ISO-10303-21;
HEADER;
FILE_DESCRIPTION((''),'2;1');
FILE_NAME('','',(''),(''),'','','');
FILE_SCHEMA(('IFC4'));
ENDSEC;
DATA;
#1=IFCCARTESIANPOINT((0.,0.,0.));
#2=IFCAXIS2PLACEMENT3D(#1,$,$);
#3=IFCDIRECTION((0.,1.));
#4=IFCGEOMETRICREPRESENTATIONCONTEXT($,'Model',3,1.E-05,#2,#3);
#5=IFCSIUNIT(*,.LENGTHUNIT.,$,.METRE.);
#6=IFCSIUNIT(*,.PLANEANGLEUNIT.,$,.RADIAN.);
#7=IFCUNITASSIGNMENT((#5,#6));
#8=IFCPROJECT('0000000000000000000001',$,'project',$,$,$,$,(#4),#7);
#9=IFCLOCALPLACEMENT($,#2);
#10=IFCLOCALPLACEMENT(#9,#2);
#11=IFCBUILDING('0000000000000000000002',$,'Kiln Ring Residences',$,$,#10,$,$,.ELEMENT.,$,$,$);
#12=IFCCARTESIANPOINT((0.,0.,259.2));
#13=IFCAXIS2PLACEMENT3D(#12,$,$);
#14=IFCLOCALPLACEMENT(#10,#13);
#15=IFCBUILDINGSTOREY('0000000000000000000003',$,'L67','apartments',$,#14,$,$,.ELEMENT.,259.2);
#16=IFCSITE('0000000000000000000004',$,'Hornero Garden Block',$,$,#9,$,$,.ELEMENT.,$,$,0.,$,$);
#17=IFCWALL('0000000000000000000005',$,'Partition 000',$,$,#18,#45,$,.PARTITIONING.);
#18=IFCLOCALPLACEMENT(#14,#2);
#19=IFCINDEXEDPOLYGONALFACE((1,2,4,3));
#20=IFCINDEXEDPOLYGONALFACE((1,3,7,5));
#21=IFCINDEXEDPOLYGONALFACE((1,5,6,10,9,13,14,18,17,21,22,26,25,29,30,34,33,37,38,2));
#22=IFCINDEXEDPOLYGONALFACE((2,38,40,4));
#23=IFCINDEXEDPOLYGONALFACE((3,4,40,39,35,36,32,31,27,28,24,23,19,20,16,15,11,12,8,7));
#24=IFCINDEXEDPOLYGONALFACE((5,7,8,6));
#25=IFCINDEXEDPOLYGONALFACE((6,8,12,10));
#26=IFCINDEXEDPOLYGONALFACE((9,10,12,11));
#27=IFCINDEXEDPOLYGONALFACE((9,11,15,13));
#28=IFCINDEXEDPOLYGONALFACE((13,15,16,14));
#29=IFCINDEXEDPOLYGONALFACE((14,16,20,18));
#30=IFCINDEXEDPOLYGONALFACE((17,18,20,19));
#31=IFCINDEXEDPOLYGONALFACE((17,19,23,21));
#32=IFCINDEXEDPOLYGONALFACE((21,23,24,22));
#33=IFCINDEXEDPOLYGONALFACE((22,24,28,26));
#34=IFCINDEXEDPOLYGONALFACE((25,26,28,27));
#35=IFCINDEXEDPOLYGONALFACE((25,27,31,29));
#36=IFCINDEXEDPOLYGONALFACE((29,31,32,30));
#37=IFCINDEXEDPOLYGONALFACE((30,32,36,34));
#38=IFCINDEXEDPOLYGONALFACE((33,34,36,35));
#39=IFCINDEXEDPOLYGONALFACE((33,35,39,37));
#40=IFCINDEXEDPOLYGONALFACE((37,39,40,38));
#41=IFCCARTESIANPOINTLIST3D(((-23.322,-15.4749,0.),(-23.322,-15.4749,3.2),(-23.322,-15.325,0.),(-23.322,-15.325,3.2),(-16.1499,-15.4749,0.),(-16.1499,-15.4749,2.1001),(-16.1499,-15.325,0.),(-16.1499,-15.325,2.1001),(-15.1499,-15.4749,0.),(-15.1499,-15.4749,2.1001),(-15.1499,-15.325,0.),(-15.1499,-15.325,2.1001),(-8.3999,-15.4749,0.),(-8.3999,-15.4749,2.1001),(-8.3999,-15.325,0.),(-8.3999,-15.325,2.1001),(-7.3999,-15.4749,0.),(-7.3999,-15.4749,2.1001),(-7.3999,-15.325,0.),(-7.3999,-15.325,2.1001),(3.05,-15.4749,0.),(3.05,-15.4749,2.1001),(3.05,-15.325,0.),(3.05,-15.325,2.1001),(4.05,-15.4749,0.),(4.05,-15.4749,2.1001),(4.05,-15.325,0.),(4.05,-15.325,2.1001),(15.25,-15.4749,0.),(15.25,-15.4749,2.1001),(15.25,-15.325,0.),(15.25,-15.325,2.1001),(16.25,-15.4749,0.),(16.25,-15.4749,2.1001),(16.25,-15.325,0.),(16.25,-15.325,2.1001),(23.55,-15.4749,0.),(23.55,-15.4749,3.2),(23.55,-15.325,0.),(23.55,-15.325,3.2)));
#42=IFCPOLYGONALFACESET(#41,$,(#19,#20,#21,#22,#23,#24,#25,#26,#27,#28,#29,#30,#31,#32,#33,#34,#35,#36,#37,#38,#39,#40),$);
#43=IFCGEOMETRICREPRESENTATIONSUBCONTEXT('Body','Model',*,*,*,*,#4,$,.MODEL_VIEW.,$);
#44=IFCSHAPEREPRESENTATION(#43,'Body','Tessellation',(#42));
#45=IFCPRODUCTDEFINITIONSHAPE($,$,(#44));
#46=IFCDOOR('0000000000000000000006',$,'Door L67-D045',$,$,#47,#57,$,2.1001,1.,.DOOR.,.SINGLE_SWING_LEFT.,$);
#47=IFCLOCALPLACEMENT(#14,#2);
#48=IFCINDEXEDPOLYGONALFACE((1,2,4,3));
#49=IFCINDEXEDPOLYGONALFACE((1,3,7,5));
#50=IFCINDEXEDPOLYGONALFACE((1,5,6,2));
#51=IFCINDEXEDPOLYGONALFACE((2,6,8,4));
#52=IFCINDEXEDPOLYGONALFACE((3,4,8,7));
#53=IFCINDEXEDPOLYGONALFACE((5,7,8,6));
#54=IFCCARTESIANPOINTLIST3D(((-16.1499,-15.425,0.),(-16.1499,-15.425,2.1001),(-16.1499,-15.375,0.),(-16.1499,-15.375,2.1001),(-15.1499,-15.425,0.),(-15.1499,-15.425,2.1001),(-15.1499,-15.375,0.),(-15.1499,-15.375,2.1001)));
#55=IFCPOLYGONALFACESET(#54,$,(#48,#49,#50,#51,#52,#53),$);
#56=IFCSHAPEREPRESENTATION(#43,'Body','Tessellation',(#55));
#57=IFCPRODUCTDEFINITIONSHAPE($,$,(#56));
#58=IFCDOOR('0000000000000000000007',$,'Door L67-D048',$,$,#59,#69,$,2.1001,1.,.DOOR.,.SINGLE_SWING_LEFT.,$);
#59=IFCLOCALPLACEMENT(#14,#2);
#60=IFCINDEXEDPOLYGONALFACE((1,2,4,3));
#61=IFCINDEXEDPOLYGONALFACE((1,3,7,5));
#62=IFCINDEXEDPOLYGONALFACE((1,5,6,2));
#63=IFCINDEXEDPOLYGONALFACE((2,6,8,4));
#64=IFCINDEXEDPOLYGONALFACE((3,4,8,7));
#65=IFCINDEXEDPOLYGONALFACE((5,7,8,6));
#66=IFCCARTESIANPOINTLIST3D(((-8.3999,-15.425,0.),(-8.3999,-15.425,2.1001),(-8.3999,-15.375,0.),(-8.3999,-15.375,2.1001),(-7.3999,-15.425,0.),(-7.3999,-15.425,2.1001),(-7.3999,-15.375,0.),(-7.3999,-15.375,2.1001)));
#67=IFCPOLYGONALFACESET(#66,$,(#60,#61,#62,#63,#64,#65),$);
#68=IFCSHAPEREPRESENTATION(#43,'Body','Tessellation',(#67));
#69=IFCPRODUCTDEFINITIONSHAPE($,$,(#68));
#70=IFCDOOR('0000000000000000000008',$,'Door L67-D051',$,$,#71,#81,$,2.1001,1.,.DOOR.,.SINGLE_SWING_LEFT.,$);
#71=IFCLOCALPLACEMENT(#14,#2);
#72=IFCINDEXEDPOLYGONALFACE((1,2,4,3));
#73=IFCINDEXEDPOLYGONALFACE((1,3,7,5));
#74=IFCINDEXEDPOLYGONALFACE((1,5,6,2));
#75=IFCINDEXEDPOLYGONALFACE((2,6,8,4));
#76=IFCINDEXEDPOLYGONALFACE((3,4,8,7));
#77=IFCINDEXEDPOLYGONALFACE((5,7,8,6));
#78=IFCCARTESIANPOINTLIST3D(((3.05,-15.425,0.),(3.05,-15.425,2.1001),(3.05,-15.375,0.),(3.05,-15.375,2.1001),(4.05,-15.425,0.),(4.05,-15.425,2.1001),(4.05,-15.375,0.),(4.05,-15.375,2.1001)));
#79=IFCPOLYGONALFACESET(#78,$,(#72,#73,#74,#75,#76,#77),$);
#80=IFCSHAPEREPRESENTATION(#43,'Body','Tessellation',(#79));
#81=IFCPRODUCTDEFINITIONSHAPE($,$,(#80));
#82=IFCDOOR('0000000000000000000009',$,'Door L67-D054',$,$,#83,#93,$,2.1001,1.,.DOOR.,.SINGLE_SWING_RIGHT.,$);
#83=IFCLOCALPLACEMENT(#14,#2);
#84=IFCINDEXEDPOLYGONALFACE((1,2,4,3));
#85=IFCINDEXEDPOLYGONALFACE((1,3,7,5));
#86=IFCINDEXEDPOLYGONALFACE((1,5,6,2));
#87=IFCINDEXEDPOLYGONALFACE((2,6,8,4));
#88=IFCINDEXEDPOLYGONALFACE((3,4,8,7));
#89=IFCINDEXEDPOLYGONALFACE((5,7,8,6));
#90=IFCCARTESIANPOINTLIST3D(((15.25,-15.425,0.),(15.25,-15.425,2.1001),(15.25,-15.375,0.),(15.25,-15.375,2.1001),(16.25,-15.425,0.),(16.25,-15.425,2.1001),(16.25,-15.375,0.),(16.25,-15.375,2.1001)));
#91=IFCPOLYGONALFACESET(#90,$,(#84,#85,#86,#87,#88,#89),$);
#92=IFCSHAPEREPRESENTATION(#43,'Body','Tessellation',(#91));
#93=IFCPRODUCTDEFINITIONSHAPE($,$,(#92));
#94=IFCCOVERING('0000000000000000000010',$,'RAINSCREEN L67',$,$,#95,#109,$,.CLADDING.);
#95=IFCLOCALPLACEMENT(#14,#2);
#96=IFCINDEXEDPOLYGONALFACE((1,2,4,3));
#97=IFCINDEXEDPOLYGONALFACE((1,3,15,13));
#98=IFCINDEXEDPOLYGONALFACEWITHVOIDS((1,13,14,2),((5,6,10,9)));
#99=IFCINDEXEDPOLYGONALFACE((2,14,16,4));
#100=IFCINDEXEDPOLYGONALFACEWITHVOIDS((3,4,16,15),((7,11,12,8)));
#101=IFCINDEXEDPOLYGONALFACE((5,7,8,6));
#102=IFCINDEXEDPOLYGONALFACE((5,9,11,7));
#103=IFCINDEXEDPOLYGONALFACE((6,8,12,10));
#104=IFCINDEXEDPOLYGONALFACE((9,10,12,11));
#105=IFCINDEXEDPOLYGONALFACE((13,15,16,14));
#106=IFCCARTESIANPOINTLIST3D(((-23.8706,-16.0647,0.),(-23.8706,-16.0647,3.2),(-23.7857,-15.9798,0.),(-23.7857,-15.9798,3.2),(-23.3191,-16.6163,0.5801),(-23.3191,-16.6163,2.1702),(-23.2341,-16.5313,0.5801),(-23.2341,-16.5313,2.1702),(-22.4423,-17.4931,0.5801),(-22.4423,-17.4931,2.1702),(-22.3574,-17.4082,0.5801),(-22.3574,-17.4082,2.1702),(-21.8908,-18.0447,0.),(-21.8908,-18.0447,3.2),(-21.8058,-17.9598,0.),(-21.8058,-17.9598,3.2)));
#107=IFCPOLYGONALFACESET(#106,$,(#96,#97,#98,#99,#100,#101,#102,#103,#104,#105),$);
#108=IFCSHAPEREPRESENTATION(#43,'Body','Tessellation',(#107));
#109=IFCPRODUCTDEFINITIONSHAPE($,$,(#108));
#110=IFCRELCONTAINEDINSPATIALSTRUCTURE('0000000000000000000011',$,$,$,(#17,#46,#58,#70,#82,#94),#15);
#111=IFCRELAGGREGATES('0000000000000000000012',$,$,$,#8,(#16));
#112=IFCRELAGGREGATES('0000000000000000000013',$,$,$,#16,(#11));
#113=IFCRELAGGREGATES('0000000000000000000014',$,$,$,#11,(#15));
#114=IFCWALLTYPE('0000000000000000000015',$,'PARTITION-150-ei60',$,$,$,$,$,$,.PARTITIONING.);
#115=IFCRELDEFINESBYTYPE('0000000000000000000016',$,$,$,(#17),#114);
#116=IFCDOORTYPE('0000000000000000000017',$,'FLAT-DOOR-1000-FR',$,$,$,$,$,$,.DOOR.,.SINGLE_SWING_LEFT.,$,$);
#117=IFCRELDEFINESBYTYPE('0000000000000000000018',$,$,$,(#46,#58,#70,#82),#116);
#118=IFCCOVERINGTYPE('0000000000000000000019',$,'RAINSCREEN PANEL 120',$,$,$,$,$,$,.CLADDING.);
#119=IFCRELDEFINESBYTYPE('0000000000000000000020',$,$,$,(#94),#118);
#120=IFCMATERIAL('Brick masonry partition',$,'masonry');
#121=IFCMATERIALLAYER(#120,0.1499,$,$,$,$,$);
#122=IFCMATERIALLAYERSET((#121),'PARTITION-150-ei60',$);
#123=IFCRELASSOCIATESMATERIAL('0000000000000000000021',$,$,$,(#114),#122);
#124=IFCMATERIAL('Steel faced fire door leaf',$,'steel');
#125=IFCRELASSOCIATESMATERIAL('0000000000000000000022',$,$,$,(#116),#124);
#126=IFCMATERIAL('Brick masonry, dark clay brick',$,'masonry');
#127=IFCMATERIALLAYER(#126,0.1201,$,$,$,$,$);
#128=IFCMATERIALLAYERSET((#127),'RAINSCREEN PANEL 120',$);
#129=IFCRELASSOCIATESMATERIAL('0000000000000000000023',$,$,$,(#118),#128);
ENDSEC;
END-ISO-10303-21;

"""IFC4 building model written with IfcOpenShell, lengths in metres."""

from ifc_helpers import new_model, si_unit, direction, frame, frame_2d, origin, place, context, subcontext, project, spatial, polyline, rectangle, outline, extrude, material, layer, layer_set, type_object, element, fill, save


model = new_model("IFC4")

# Units and contexts
model_context = context("Model", 3, precision=1e-05, world=origin(), true_north=direction((0.0, 1.0)))
body_context = subcontext(model_context, "Body", "Model", "MODEL_VIEW")
ifc_project = project(units=[si_unit("LENGTHUNIT", "METRE"), si_unit("PLANEANGLEUNIT", "RADIAN")], contexts=[model_context])

# Site, building, storey
site_placement = place(None, origin())
site = spatial("IfcSite", under=ifc_project, at=site_placement, Name="Hornero Garden Block", CompositionType="ELEMENT", RefElevation=0.0)
building_placement = place(site_placement, origin())
building = spatial("IfcBuilding", under=site, at=building_placement, Name="Kiln Ring Residences", CompositionType="ELEMENT")
storey_placement = place(building_placement, frame((0.0, 0.0, 259.2)))
storey = spatial("IfcBuildingStorey", under=building, at=storey_placement, Name="L67", Description="apartments", CompositionType="ELEMENT", Elevation=259.2)

# Wall, openings, doors
ifc_material_1 = material(Name="Brick masonry partition", Category="masonry")
ifc_layer_1 = layer(ifc_material_1, 0.1499)
ifc_layer_set_1 = layer_set([ifc_layer_1], Name="PARTITION-150-ei60")
wall_type_1 = type_object("IfcWallType", Name="PARTITION-150-ei60", PredefinedType="PARTITIONING", material=ifc_layer_set_1)
wall_1_placement = place(storey_placement, frame((-23.322, -15.3999, 0.0), z_axis=(0.0, 0.0, 1.0), x_axis=(1.0, 0.0, 0.0)))
wall_1 = element("IfcWall", 1, at=wall_1_placement, inside=storey, type_object=wall_type_1, Name="Partition 000", PredefinedType="PARTITIONING", context=body_context, shape_type="SweptSolid", body=[
    extrude(rectangle(XDim=46.8721, YDim=0.1499, at=frame_2d((23.436, 0.0))), origin(), (0.0, 0.0, 1.0), 3.2),
])
opening_1_placement = place(wall_1_placement, frame((7.1721, 0.0, 0.0)))
opening_1 = element("IfcOpeningElement", 2, at=opening_1_placement, cuts=wall_1, PredefinedType="OPENING", context=body_context, shape_type="SweptSolid", body=[
    extrude(rectangle(XDim=1.0, YDim=2.1001, at=frame_2d((0.5, 1.05))), frame((0.0, 0.085, 0.0), z_axis=(0.0, -1.0, 0.0), x_axis=(1.0, 0.0, 0.0)), (0.0, 0.0, 1.0), 0.1699),
])
opening_2_placement = place(wall_1_placement, frame((14.9221, 0.0, 0.0)))
opening_2 = element("IfcOpeningElement", 3, at=opening_2_placement, cuts=wall_1, PredefinedType="OPENING", context=body_context, shape_type="SweptSolid", body=[
    extrude(rectangle(XDim=1.0, YDim=2.1001, at=frame_2d((0.5, 1.05))), frame((0.0, 0.085, 0.0), z_axis=(0.0, -1.0, 0.0), x_axis=(1.0, 0.0, 0.0)), (0.0, 0.0, 1.0), 0.1699),
])
opening_3_placement = place(wall_1_placement, frame((26.3721, 0.0, 0.0)))
opening_3 = element("IfcOpeningElement", 4, at=opening_3_placement, cuts=wall_1, PredefinedType="OPENING", context=body_context, shape_type="SweptSolid", body=[
    extrude(rectangle(XDim=1.0, YDim=2.1001, at=frame_2d((0.5, 1.05))), frame((0.0, 0.085, 0.0), z_axis=(0.0, -1.0, 0.0), x_axis=(1.0, 0.0, 0.0)), (0.0, 0.0, 1.0), 0.1699),
])
opening_4_placement = place(wall_1_placement, frame((38.572, 0.0, 0.0)))
opening_4 = element("IfcOpeningElement", 5, at=opening_4_placement, cuts=wall_1, PredefinedType="OPENING", context=body_context, shape_type="SweptSolid", body=[
    extrude(rectangle(XDim=1.0, YDim=2.1001, at=frame_2d((0.5, 1.05))), frame((0.0, 0.085, 0.0), z_axis=(0.0, -1.0, 0.0), x_axis=(1.0, 0.0, 0.0)), (0.0, 0.0, 1.0), 0.1699),
])
ifc_material_2 = material(Name="Steel faced fire door leaf", Category="steel")
door_type = type_object("IfcDoorType", Name="FLAT-DOOR-1000-FR", OperationType="SINGLE_SWING_LEFT", PredefinedType="DOOR", material=ifc_material_2)
door_1_placement = place(opening_1_placement, origin())
door_1 = element("IfcDoor", 6, at=door_1_placement, inside=storey, type_object=door_type, Name="Door L67-D045", OperationType="SINGLE_SWING_LEFT", OverallHeight=2.1001, OverallWidth=1.0, PredefinedType="DOOR", context=body_context, shape_type="SweptSolid", body=[
    extrude(rectangle(XDim=1.0, YDim=2.1001, at=frame_2d((0.5, 1.05))), frame((0.0, 0.0249, 0.0), z_axis=(0.0, -1.0, 0.0), x_axis=(1.0, 0.0, 0.0)), (0.0, 0.0, 1.0), 0.05),
])
fill(opening_1, door_1)
door_2_placement = place(opening_2_placement, origin())
door_2 = element("IfcDoor", 7, at=door_2_placement, inside=storey, type_object=door_type, Name="Door L67-D048", OperationType="SINGLE_SWING_LEFT", OverallHeight=2.1001, OverallWidth=1.0, PredefinedType="DOOR", context=body_context, shape_type="SweptSolid", body=[
    extrude(rectangle(XDim=1.0, YDim=2.1001, at=frame_2d((0.5, 1.05))), frame((0.0, 0.0249, 0.0), z_axis=(0.0, -1.0, 0.0), x_axis=(1.0, 0.0, 0.0)), (0.0, 0.0, 1.0), 0.05),
])
fill(opening_2, door_2)
door_3_placement = place(opening_3_placement, origin())
door_3 = element("IfcDoor", 8, at=door_3_placement, inside=storey, type_object=door_type, Name="Door L67-D051", OperationType="SINGLE_SWING_LEFT", OverallHeight=2.1001, OverallWidth=1.0, PredefinedType="DOOR", context=body_context, shape_type="SweptSolid", body=[
    extrude(rectangle(XDim=1.0, YDim=2.1001, at=frame_2d((0.5, 1.05))), frame((0.0, 0.0249, 0.0), z_axis=(0.0, -1.0, 0.0), x_axis=(1.0, 0.0, 0.0)), (0.0, 0.0, 1.0), 0.05),
])
fill(opening_3, door_3)
door_4_placement = place(opening_4_placement, origin())
door_4 = element("IfcDoor", 9, at=door_4_placement, inside=storey, type_object=door_type, Name="Door L67-D054", OperationType="SINGLE_SWING_RIGHT", OverallHeight=2.1001, OverallWidth=1.0, PredefinedType="DOOR", context=body_context, shape_type="SweptSolid", body=[
    extrude(rectangle(XDim=1.0, YDim=2.1001, at=frame_2d((0.5, 1.05))), frame((0.0, 0.0249, 0.0), z_axis=(0.0, -1.0, 0.0), x_axis=(1.0, 0.0, 0.0)), (0.0, 0.0, 1.0), 0.05),
])
fill(opening_4, door_4)

# Covering
ifc_material_3 = material(Name="Brick masonry, dark clay brick", Category="masonry")
ifc_layer_2 = layer(ifc_material_3, 0.1201)
ifc_layer_set_2 = layer_set([ifc_layer_2], Name="RAINSCREEN PANEL 120")
covering_type = type_object("IfcCoveringType", Name="RAINSCREEN PANEL 120", PredefinedType="CLADDING", material=ifc_layer_set_2)
covering_placement = place(storey_placement, frame((-23.8281, -16.0222, 0.0), z_axis=(0.0, 0.0, 1.0), x_axis=(0.707063, -0.70715, 0.0)))
element("IfcCovering", 10, at=covering_placement, inside=storey, type_object=covering_type, Name="RAINSCREEN L67", PredefinedType="CLADDING", context=body_context, shape_type="SweptSolid", body=[
    extrude(outline(polyline([(0.0, 0.0), (2.8, 0.0), (2.8, 3.2), (0.0, 3.2), (0.0, 0.0)]), holes=[polyline([(0.78, 2.1702), (0.78, 0.5801), (2.02, 0.5801), (2.02, 2.1702), (0.78, 2.1702)])]), frame((0.0, 0.0601, 0.0), z_axis=(0.0, -1.0, 0.0), x_axis=(1.0, 0.0, 0.0)), (0.0, 0.0, 1.0), 0.1201),
])

save(model, "model.ifc")
